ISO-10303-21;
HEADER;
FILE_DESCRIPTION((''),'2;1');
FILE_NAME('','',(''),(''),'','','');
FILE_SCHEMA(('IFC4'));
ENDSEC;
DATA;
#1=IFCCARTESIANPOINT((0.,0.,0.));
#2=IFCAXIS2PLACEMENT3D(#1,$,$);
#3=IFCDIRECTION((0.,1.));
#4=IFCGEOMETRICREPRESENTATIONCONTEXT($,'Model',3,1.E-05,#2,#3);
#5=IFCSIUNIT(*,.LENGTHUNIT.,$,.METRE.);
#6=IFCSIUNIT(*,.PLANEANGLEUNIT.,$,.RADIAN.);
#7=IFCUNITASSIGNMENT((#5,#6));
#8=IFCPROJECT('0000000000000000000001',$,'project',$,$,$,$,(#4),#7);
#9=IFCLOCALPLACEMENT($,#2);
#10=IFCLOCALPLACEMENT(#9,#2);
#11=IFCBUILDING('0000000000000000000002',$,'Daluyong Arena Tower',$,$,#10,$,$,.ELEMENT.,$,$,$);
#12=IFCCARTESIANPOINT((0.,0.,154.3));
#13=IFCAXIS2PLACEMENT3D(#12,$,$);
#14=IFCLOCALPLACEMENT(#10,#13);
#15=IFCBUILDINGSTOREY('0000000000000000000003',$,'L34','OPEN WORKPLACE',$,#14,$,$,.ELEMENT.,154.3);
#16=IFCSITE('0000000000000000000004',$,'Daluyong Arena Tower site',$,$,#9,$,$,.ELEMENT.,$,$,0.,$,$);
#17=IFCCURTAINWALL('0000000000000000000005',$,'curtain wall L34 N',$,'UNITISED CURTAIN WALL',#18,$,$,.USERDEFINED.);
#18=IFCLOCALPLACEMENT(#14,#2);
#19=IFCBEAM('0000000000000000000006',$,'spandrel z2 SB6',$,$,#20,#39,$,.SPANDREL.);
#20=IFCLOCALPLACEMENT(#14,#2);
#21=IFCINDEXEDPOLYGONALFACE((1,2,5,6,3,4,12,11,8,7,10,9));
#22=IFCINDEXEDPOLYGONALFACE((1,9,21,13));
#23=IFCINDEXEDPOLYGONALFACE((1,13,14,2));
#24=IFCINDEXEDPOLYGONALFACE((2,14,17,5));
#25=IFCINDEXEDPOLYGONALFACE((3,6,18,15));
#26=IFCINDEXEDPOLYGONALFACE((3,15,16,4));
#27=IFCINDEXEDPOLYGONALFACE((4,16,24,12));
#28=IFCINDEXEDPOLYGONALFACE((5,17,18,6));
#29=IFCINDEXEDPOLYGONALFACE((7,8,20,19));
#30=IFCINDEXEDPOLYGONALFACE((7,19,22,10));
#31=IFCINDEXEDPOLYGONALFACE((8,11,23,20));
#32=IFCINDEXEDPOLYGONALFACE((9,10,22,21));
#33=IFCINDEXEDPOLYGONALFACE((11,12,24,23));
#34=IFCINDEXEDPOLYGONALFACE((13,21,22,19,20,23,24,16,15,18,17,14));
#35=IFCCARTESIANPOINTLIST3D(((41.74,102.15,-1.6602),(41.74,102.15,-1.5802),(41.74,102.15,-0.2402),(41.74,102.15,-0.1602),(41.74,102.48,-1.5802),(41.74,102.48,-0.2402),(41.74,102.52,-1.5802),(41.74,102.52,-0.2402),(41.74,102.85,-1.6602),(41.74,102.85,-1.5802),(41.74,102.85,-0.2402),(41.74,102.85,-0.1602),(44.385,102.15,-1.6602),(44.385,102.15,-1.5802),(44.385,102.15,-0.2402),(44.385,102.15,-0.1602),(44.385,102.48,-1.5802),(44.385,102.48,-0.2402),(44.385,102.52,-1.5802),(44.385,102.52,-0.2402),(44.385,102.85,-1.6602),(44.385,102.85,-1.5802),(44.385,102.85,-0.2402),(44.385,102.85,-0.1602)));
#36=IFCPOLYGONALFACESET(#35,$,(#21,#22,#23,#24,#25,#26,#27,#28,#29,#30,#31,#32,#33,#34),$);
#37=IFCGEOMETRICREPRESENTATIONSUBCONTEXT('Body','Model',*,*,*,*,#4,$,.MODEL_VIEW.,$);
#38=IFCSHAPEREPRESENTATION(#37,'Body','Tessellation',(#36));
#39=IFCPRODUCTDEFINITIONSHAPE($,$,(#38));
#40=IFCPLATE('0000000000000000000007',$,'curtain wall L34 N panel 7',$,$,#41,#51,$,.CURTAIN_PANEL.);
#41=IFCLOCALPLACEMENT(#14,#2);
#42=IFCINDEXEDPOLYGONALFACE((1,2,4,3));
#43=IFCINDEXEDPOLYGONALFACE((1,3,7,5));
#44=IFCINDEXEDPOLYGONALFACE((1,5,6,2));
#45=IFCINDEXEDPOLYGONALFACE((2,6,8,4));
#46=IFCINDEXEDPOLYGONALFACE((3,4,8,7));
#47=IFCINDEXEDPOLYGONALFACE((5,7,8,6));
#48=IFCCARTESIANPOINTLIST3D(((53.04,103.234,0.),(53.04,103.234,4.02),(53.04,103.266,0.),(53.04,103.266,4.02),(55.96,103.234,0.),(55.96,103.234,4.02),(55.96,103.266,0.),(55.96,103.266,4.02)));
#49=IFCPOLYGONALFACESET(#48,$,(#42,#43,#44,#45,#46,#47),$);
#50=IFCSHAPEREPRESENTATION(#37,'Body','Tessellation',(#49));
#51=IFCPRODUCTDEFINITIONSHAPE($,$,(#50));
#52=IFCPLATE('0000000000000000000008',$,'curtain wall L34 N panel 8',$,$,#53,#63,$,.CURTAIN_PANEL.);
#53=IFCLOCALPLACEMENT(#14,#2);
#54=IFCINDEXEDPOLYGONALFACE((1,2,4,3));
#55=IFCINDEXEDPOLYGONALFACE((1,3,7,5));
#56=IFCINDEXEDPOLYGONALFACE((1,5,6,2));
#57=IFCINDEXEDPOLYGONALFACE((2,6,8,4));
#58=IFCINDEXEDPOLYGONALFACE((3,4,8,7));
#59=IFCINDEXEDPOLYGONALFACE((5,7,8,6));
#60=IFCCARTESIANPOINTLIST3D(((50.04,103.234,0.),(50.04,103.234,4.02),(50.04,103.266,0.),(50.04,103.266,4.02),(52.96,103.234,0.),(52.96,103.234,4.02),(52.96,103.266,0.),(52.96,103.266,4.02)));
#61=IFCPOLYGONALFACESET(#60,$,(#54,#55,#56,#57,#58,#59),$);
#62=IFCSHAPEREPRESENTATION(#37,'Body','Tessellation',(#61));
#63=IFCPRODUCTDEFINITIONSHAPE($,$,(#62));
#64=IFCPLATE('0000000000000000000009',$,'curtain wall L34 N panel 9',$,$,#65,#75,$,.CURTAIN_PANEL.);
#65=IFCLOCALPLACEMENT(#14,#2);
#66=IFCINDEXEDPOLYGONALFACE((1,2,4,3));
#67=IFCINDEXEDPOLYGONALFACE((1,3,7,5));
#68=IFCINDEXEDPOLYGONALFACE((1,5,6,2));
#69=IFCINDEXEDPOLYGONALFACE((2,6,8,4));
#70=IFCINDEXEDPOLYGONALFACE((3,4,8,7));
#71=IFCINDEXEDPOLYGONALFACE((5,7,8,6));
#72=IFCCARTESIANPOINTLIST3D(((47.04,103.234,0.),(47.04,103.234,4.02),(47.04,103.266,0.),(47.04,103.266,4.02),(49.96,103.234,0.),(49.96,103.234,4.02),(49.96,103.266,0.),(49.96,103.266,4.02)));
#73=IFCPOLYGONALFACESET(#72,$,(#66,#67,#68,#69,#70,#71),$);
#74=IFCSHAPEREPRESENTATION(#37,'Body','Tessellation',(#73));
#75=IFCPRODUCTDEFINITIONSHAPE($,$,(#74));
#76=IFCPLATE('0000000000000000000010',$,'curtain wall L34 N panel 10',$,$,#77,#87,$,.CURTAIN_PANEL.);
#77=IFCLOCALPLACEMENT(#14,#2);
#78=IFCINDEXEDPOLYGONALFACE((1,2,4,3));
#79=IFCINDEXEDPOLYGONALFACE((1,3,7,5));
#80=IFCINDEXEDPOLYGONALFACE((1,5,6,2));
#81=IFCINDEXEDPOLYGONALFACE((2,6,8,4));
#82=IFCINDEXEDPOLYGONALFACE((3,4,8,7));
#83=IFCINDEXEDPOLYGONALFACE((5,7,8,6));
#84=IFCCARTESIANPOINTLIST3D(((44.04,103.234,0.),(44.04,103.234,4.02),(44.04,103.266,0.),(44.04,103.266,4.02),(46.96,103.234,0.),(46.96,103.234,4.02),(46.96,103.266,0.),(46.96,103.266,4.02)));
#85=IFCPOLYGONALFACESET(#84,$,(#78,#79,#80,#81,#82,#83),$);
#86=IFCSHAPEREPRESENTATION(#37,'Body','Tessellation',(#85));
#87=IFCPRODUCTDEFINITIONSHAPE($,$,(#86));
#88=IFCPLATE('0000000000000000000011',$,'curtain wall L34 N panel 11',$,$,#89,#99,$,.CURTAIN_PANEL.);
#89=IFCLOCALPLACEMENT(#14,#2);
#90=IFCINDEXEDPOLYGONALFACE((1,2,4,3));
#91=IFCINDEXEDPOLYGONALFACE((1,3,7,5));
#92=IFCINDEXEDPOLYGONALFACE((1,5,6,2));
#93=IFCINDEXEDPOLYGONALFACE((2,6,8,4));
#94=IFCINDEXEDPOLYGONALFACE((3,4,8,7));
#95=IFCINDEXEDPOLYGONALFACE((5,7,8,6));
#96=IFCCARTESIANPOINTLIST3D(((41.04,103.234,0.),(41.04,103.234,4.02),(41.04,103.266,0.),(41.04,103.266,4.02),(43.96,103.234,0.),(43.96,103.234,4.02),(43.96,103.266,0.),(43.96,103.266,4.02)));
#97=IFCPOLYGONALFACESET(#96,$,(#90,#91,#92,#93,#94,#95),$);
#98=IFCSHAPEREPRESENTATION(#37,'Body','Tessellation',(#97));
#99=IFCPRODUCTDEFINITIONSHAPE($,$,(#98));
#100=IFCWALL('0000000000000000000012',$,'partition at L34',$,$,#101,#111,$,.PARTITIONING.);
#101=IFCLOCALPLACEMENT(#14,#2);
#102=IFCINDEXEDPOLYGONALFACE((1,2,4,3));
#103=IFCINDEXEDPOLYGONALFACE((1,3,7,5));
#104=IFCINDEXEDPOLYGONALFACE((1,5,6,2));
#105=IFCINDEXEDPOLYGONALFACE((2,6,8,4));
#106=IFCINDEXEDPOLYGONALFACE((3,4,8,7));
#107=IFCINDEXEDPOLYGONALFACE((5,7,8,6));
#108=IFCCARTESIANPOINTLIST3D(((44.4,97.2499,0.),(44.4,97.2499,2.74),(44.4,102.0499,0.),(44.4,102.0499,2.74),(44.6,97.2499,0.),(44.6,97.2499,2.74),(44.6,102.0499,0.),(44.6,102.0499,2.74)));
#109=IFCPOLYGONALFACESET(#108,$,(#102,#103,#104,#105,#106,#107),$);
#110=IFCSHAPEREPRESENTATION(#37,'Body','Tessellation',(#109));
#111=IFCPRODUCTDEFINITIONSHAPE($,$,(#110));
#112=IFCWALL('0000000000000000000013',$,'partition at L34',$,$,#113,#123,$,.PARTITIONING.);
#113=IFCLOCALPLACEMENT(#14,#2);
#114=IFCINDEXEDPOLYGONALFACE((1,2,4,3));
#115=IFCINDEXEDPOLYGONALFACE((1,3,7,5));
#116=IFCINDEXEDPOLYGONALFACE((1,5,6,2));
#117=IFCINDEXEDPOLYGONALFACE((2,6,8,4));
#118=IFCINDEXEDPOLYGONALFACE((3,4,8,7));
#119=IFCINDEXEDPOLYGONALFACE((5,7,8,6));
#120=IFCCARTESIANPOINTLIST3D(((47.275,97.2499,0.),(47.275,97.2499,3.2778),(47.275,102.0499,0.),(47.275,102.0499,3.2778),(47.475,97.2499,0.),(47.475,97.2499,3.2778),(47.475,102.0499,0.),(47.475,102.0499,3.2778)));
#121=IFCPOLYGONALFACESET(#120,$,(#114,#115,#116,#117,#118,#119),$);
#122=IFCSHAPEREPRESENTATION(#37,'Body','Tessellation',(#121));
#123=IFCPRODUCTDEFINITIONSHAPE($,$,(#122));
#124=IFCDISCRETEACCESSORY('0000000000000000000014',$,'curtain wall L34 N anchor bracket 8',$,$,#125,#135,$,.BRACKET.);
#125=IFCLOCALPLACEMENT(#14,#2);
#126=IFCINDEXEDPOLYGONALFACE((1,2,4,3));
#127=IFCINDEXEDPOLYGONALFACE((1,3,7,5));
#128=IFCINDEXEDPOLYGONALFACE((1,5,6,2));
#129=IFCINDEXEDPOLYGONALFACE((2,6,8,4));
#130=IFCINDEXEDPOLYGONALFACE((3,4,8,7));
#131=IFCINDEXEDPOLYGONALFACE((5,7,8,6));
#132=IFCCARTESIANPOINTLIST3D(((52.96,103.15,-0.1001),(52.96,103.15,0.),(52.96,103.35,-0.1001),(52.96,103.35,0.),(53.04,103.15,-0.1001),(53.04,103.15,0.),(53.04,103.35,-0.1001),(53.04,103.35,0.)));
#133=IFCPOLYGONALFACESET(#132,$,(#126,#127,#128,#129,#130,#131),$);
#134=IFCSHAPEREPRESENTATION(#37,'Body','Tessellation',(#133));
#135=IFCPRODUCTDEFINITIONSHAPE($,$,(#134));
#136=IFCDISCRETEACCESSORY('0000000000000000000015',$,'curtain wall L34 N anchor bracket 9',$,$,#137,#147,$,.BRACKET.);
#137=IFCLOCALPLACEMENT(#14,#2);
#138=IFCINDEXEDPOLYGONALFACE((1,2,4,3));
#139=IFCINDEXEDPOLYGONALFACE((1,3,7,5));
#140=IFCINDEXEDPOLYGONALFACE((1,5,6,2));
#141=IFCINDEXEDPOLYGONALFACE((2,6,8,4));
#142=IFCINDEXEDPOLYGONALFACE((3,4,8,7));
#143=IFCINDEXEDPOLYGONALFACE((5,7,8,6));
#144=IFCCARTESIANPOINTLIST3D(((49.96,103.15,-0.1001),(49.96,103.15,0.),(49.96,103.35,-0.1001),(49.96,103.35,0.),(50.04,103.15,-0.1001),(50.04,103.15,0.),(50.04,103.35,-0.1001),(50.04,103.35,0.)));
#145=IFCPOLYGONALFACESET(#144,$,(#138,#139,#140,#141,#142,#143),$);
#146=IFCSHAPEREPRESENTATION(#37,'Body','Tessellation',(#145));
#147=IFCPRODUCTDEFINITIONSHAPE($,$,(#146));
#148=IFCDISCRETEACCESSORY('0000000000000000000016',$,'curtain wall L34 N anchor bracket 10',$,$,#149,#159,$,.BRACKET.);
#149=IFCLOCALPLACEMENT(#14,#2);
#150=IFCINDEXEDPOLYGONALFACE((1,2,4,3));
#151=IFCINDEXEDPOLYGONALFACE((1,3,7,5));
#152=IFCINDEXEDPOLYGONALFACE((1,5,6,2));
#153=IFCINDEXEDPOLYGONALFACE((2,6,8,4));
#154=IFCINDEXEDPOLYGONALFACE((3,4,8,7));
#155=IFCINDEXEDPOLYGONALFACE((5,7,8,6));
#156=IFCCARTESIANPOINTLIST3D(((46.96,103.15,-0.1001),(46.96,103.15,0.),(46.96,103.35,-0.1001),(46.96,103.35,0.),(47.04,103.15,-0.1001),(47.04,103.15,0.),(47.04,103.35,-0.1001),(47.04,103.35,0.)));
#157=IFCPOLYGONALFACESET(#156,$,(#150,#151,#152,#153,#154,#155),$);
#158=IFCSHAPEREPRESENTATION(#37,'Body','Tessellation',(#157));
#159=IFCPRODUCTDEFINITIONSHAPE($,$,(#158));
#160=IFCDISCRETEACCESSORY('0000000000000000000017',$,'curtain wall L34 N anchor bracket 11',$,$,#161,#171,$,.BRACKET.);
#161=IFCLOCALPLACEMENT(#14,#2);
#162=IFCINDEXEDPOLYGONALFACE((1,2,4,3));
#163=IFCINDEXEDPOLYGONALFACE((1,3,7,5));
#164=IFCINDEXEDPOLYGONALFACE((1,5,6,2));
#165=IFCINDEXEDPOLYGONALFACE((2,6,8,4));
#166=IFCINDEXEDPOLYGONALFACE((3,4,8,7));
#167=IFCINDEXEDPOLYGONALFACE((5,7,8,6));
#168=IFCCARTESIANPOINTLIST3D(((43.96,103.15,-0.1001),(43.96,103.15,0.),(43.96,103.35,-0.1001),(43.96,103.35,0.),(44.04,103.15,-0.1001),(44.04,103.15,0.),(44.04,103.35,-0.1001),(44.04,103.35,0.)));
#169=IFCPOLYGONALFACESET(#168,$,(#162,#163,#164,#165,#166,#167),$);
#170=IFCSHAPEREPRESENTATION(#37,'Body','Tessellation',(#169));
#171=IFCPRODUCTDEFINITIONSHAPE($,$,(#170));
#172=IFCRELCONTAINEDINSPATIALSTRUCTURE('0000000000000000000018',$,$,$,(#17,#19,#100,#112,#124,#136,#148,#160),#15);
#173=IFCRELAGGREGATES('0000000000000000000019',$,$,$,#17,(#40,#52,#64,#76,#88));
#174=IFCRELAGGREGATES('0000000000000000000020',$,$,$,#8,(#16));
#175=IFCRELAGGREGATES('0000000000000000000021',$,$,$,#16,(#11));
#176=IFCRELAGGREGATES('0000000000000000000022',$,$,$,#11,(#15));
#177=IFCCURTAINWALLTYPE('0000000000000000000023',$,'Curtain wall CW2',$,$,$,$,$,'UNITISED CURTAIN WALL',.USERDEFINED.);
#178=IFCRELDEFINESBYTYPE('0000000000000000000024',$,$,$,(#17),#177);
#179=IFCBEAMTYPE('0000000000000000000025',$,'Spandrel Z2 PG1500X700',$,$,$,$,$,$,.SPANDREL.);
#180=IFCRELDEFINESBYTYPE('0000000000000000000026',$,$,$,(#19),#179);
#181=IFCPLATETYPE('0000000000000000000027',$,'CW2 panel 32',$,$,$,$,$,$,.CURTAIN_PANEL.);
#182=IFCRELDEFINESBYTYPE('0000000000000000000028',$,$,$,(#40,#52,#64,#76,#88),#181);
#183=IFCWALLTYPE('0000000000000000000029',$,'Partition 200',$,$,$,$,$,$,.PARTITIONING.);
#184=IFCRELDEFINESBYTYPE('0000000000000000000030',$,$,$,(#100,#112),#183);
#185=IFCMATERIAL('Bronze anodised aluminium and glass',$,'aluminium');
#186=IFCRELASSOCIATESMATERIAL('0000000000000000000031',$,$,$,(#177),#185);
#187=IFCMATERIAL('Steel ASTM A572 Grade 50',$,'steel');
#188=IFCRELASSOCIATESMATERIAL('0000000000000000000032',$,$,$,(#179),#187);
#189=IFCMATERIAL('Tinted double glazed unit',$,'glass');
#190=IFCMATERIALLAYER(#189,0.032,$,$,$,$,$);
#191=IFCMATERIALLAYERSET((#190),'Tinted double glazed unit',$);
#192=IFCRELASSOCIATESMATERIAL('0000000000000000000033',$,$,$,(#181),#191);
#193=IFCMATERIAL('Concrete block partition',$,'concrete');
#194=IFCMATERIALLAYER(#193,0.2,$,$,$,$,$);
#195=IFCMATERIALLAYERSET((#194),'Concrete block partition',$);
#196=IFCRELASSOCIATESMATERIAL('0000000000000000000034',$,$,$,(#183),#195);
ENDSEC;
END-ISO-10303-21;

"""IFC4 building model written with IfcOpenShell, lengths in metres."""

from ifc_helpers import new_model, si_unit, direction, frame, frame_2d, origin, origin_2d, place, context, subcontext, project, spatial, rectangle, i_section, extrude, material, layer, layer_set, material_profile, profile_set, type_object, element, aggregate, save


model = new_model("IFC4")

# Units and contexts
model_context = context("Model", 3, precision=1e-05, world=origin(), true_north=direction((0.0, 1.0)))
body_context = subcontext(model_context, "Body", "Model", "MODEL_VIEW")
ifc_project = project(units=[si_unit("LENGTHUNIT", "METRE"), si_unit("PLANEANGLEUNIT", "RADIAN")], contexts=[model_context])

# Site, building, storey
site_placement = place(None, origin())
site = spatial("IfcSite", under=ifc_project, at=site_placement, Name="Daluyong Arena Tower site", CompositionType="ELEMENT", RefElevation=0.0)
building_placement = place(site_placement, origin())
building = spatial("IfcBuilding", under=site, at=building_placement, Name="Daluyong Arena Tower", CompositionType="ELEMENT")
storey_placement = place(building_placement, frame((0.0, 0.0, 154.3)))
storey = spatial("IfcBuildingStorey", under=building, at=storey_placement, Name="L34", Description="OPEN WORKPLACE", CompositionType="ELEMENT", Elevation=154.3)

# Curtain wall
ifc_material_1 = material(Name="Bronze anodised aluminium and glass", Category="aluminium")
curtain_wall_type = type_object("IfcCurtainWallType", Name="Curtain wall CW2", ElementType="UNITISED CURTAIN WALL", PredefinedType="USERDEFINED", material=ifc_material_1)
curtain_wall_placement = place(storey_placement, origin())
curtain_wall = element("IfcCurtainWall", 1, at=curtain_wall_placement, inside=storey, type_object=curtain_wall_type, Name="curtain wall L34 N", ObjectType="UNITISED CURTAIN WALL", PredefinedType="USERDEFINED")

# Beam
ifc_material_2 = material(Name="Steel ASTM A572 Grade 50", Category="steel")
ifc_material_profile_1 = material_profile(ifc_material_2, i_section(OverallWidth=0.7, OverallDepth=1.5, WebThickness=0.04, FlangeThickness=0.08, at=origin_2d()))
ifc_profile_set_1 = profile_set([ifc_material_profile_1], Name="Steel ASTM A572 Grade 50")
beam_type_1 = type_object("IfcBeamType", Name="Spandrel Z2 PG1500X700", PredefinedType="SPANDREL", material=ifc_profile_set_1)
for number, where, z_axis, x_axis, name in (
    (2, (44.385, 102.5, -0.9102), (-1.0, 0.0, 0.0), (0.0, -1.0, 0.0), "spandrel z2 SB6"),
):
    element("IfcBeam", number, at=place(storey_placement, frame(where, z_axis=z_axis, x_axis=x_axis)), inside=storey, type_object=beam_type_1, Name=name, PredefinedType="SPANDREL", context=body_context, shape_type="SweptSolid", body=[
        extrude(i_section(OverallWidth=0.7, OverallDepth=1.5, WebThickness=0.04, FlangeThickness=0.08, at=origin_2d()), origin(), (0.0, 0.0, 1.0), 2.645),
    ])

# Plates
ifc_material_3 = material(Name="Tinted double glazed unit", Category="glass")
ifc_layer_1 = layer(ifc_material_3, 0.032)
ifc_layer_set_1 = layer_set([ifc_layer_1], Name="Tinted double glazed unit")
plate_type = type_object("IfcPlateType", Name="CW2 panel 32", PredefinedType="CURTAIN_PANEL", material=ifc_layer_set_1)
plate_1_placement = place(storey_placement, frame((54.5, 103.25, 0.0), z_axis=(0.0, 0.0, 1.0), x_axis=(-1.0, 0.0, 0.0)))
plate_1 = element("IfcPlate", 3, at=plate_1_placement, type_object=plate_type, Name="curtain wall L34 N panel 7", PredefinedType="CURTAIN_PANEL", context=body_context, shape_type="SweptSolid", body=[
    extrude(rectangle(XDim=2.9199, YDim=0.032, at=origin_2d()), origin(), (0.0, 0.0, 1.0), 4.02),
])
plate_2_placement = place(storey_placement, frame((51.5, 103.25, 0.0), z_axis=(0.0, 0.0, 1.0), x_axis=(-1.0, 0.0, 0.0)))
plate_2 = element("IfcPlate", 4, at=plate_2_placement, type_object=plate_type, Name="curtain wall L34 N panel 8", PredefinedType="CURTAIN_PANEL", context=body_context, shape_type="SweptSolid", body=[
    extrude(rectangle(XDim=2.9199, YDim=0.032, at=origin_2d()), origin(), (0.0, 0.0, 1.0), 4.02),
])
plate_3_placement = place(storey_placement, frame((48.5, 103.25, 0.0), z_axis=(0.0, 0.0, 1.0), x_axis=(-1.0, 0.0, 0.0)))
plate_3 = element("IfcPlate", 5, at=plate_3_placement, type_object=plate_type, Name="curtain wall L34 N panel 9", PredefinedType="CURTAIN_PANEL", context=body_context, shape_type="SweptSolid", body=[
    extrude(rectangle(XDim=2.9199, YDim=0.032, at=origin_2d()), origin(), (0.0, 0.0, 1.0), 4.02),
])
plate_4_placement = place(storey_placement, frame((45.5, 103.25, 0.0), z_axis=(0.0, 0.0, 1.0), x_axis=(-1.0, 0.0, 0.0)))
plate_4 = element("IfcPlate", 6, at=plate_4_placement, type_object=plate_type, Name="curtain wall L34 N panel 10", PredefinedType="CURTAIN_PANEL", context=body_context, shape_type="SweptSolid", body=[
    extrude(rectangle(XDim=2.9199, YDim=0.032, at=origin_2d()), origin(), (0.0, 0.0, 1.0), 4.02),
])
plate_5_placement = place(storey_placement, frame((42.5, 103.25, 0.0), z_axis=(0.0, 0.0, 1.0), x_axis=(-1.0, 0.0, 0.0)))
plate_5 = element("IfcPlate", 7, at=plate_5_placement, type_object=plate_type, Name="curtain wall L34 N panel 11", PredefinedType="CURTAIN_PANEL", context=body_context, shape_type="SweptSolid", body=[
    extrude(rectangle(XDim=2.9199, YDim=0.032, at=origin_2d()), origin(), (0.0, 0.0, 1.0), 4.02),
])
aggregate(curtain_wall, [plate_1, plate_2, plate_3, plate_4, plate_5])

# Walls
ifc_material_4 = material(Name="Concrete block partition", Category="concrete")
ifc_layer_2 = layer(ifc_material_4, 0.2)
ifc_layer_set_2 = layer_set([ifc_layer_2], Name="Concrete block partition")
wall_type_1 = type_object("IfcWallType", Name="Partition 200", PredefinedType="PARTITIONING", material=ifc_layer_set_2)
wall_1_placement = place(storey_placement, frame((44.5, 97.25, 0.0), z_axis=(0.0, 0.0, 1.0), x_axis=(0.0, 1.0, 0.0)))
element("IfcWall", 8, at=wall_1_placement, inside=storey, type_object=wall_type_1, Name="partition at L34", PredefinedType="PARTITIONING", context=body_context, shape_type="SweptSolid", body=[
    extrude(rectangle(XDim=4.8, YDim=0.2, at=frame_2d((2.3999, 0.0))), origin(), (0.0, 0.0, 1.0), 2.74),
])
wall_2_placement = place(storey_placement, frame((47.375, 97.25, 0.0), z_axis=(0.0, 0.0, 1.0), x_axis=(0.0, 1.0, 0.0)))
element("IfcWall", 9, at=wall_2_placement, inside=storey, type_object=wall_type_1, Name="partition at L34", PredefinedType="PARTITIONING", context=body_context, shape_type="SweptSolid", body=[
    extrude(rectangle(XDim=4.8, YDim=0.2, at=frame_2d((2.3999, 0.0))), origin(), (0.0, 0.0, 1.0), 3.2778),
])

# Discrete accessories
for number, where, z_axis, x_axis, name in (
    (10, (53.0, 103.25, -0.1001), (0.0, 0.0, 1.0), (-1.0, 0.0, 0.0), "curtain wall L34 N anchor bracket 8"),
    (11, (50.0, 103.25, -0.1001), (0.0, 0.0, 1.0), (-1.0, 0.0, 0.0), "curtain wall L34 N anchor bracket 9"),
    (12, (47.0, 103.25, -0.1001), (0.0, 0.0, 1.0), (-1.0, 0.0, 0.0), "curtain wall L34 N anchor bracket 10"),
    (13, (44.0, 103.25, -0.1001), (0.0, 0.0, 1.0), (-1.0, 0.0, 0.0), "curtain wall L34 N anchor bracket 11"),
):
    element("IfcDiscreteAccessory", number, at=place(storey_placement, frame(where, z_axis=z_axis, x_axis=x_axis)), inside=storey, Name=name, PredefinedType="BRACKET", context=body_context, shape_type="SweptSolid", body=[
        extrude(rectangle(XDim=0.0801, YDim=0.2, at=origin_2d()), origin(), (0.0, 0.0, 1.0), 0.1001),
    ])

save(model, "model.ifc")
